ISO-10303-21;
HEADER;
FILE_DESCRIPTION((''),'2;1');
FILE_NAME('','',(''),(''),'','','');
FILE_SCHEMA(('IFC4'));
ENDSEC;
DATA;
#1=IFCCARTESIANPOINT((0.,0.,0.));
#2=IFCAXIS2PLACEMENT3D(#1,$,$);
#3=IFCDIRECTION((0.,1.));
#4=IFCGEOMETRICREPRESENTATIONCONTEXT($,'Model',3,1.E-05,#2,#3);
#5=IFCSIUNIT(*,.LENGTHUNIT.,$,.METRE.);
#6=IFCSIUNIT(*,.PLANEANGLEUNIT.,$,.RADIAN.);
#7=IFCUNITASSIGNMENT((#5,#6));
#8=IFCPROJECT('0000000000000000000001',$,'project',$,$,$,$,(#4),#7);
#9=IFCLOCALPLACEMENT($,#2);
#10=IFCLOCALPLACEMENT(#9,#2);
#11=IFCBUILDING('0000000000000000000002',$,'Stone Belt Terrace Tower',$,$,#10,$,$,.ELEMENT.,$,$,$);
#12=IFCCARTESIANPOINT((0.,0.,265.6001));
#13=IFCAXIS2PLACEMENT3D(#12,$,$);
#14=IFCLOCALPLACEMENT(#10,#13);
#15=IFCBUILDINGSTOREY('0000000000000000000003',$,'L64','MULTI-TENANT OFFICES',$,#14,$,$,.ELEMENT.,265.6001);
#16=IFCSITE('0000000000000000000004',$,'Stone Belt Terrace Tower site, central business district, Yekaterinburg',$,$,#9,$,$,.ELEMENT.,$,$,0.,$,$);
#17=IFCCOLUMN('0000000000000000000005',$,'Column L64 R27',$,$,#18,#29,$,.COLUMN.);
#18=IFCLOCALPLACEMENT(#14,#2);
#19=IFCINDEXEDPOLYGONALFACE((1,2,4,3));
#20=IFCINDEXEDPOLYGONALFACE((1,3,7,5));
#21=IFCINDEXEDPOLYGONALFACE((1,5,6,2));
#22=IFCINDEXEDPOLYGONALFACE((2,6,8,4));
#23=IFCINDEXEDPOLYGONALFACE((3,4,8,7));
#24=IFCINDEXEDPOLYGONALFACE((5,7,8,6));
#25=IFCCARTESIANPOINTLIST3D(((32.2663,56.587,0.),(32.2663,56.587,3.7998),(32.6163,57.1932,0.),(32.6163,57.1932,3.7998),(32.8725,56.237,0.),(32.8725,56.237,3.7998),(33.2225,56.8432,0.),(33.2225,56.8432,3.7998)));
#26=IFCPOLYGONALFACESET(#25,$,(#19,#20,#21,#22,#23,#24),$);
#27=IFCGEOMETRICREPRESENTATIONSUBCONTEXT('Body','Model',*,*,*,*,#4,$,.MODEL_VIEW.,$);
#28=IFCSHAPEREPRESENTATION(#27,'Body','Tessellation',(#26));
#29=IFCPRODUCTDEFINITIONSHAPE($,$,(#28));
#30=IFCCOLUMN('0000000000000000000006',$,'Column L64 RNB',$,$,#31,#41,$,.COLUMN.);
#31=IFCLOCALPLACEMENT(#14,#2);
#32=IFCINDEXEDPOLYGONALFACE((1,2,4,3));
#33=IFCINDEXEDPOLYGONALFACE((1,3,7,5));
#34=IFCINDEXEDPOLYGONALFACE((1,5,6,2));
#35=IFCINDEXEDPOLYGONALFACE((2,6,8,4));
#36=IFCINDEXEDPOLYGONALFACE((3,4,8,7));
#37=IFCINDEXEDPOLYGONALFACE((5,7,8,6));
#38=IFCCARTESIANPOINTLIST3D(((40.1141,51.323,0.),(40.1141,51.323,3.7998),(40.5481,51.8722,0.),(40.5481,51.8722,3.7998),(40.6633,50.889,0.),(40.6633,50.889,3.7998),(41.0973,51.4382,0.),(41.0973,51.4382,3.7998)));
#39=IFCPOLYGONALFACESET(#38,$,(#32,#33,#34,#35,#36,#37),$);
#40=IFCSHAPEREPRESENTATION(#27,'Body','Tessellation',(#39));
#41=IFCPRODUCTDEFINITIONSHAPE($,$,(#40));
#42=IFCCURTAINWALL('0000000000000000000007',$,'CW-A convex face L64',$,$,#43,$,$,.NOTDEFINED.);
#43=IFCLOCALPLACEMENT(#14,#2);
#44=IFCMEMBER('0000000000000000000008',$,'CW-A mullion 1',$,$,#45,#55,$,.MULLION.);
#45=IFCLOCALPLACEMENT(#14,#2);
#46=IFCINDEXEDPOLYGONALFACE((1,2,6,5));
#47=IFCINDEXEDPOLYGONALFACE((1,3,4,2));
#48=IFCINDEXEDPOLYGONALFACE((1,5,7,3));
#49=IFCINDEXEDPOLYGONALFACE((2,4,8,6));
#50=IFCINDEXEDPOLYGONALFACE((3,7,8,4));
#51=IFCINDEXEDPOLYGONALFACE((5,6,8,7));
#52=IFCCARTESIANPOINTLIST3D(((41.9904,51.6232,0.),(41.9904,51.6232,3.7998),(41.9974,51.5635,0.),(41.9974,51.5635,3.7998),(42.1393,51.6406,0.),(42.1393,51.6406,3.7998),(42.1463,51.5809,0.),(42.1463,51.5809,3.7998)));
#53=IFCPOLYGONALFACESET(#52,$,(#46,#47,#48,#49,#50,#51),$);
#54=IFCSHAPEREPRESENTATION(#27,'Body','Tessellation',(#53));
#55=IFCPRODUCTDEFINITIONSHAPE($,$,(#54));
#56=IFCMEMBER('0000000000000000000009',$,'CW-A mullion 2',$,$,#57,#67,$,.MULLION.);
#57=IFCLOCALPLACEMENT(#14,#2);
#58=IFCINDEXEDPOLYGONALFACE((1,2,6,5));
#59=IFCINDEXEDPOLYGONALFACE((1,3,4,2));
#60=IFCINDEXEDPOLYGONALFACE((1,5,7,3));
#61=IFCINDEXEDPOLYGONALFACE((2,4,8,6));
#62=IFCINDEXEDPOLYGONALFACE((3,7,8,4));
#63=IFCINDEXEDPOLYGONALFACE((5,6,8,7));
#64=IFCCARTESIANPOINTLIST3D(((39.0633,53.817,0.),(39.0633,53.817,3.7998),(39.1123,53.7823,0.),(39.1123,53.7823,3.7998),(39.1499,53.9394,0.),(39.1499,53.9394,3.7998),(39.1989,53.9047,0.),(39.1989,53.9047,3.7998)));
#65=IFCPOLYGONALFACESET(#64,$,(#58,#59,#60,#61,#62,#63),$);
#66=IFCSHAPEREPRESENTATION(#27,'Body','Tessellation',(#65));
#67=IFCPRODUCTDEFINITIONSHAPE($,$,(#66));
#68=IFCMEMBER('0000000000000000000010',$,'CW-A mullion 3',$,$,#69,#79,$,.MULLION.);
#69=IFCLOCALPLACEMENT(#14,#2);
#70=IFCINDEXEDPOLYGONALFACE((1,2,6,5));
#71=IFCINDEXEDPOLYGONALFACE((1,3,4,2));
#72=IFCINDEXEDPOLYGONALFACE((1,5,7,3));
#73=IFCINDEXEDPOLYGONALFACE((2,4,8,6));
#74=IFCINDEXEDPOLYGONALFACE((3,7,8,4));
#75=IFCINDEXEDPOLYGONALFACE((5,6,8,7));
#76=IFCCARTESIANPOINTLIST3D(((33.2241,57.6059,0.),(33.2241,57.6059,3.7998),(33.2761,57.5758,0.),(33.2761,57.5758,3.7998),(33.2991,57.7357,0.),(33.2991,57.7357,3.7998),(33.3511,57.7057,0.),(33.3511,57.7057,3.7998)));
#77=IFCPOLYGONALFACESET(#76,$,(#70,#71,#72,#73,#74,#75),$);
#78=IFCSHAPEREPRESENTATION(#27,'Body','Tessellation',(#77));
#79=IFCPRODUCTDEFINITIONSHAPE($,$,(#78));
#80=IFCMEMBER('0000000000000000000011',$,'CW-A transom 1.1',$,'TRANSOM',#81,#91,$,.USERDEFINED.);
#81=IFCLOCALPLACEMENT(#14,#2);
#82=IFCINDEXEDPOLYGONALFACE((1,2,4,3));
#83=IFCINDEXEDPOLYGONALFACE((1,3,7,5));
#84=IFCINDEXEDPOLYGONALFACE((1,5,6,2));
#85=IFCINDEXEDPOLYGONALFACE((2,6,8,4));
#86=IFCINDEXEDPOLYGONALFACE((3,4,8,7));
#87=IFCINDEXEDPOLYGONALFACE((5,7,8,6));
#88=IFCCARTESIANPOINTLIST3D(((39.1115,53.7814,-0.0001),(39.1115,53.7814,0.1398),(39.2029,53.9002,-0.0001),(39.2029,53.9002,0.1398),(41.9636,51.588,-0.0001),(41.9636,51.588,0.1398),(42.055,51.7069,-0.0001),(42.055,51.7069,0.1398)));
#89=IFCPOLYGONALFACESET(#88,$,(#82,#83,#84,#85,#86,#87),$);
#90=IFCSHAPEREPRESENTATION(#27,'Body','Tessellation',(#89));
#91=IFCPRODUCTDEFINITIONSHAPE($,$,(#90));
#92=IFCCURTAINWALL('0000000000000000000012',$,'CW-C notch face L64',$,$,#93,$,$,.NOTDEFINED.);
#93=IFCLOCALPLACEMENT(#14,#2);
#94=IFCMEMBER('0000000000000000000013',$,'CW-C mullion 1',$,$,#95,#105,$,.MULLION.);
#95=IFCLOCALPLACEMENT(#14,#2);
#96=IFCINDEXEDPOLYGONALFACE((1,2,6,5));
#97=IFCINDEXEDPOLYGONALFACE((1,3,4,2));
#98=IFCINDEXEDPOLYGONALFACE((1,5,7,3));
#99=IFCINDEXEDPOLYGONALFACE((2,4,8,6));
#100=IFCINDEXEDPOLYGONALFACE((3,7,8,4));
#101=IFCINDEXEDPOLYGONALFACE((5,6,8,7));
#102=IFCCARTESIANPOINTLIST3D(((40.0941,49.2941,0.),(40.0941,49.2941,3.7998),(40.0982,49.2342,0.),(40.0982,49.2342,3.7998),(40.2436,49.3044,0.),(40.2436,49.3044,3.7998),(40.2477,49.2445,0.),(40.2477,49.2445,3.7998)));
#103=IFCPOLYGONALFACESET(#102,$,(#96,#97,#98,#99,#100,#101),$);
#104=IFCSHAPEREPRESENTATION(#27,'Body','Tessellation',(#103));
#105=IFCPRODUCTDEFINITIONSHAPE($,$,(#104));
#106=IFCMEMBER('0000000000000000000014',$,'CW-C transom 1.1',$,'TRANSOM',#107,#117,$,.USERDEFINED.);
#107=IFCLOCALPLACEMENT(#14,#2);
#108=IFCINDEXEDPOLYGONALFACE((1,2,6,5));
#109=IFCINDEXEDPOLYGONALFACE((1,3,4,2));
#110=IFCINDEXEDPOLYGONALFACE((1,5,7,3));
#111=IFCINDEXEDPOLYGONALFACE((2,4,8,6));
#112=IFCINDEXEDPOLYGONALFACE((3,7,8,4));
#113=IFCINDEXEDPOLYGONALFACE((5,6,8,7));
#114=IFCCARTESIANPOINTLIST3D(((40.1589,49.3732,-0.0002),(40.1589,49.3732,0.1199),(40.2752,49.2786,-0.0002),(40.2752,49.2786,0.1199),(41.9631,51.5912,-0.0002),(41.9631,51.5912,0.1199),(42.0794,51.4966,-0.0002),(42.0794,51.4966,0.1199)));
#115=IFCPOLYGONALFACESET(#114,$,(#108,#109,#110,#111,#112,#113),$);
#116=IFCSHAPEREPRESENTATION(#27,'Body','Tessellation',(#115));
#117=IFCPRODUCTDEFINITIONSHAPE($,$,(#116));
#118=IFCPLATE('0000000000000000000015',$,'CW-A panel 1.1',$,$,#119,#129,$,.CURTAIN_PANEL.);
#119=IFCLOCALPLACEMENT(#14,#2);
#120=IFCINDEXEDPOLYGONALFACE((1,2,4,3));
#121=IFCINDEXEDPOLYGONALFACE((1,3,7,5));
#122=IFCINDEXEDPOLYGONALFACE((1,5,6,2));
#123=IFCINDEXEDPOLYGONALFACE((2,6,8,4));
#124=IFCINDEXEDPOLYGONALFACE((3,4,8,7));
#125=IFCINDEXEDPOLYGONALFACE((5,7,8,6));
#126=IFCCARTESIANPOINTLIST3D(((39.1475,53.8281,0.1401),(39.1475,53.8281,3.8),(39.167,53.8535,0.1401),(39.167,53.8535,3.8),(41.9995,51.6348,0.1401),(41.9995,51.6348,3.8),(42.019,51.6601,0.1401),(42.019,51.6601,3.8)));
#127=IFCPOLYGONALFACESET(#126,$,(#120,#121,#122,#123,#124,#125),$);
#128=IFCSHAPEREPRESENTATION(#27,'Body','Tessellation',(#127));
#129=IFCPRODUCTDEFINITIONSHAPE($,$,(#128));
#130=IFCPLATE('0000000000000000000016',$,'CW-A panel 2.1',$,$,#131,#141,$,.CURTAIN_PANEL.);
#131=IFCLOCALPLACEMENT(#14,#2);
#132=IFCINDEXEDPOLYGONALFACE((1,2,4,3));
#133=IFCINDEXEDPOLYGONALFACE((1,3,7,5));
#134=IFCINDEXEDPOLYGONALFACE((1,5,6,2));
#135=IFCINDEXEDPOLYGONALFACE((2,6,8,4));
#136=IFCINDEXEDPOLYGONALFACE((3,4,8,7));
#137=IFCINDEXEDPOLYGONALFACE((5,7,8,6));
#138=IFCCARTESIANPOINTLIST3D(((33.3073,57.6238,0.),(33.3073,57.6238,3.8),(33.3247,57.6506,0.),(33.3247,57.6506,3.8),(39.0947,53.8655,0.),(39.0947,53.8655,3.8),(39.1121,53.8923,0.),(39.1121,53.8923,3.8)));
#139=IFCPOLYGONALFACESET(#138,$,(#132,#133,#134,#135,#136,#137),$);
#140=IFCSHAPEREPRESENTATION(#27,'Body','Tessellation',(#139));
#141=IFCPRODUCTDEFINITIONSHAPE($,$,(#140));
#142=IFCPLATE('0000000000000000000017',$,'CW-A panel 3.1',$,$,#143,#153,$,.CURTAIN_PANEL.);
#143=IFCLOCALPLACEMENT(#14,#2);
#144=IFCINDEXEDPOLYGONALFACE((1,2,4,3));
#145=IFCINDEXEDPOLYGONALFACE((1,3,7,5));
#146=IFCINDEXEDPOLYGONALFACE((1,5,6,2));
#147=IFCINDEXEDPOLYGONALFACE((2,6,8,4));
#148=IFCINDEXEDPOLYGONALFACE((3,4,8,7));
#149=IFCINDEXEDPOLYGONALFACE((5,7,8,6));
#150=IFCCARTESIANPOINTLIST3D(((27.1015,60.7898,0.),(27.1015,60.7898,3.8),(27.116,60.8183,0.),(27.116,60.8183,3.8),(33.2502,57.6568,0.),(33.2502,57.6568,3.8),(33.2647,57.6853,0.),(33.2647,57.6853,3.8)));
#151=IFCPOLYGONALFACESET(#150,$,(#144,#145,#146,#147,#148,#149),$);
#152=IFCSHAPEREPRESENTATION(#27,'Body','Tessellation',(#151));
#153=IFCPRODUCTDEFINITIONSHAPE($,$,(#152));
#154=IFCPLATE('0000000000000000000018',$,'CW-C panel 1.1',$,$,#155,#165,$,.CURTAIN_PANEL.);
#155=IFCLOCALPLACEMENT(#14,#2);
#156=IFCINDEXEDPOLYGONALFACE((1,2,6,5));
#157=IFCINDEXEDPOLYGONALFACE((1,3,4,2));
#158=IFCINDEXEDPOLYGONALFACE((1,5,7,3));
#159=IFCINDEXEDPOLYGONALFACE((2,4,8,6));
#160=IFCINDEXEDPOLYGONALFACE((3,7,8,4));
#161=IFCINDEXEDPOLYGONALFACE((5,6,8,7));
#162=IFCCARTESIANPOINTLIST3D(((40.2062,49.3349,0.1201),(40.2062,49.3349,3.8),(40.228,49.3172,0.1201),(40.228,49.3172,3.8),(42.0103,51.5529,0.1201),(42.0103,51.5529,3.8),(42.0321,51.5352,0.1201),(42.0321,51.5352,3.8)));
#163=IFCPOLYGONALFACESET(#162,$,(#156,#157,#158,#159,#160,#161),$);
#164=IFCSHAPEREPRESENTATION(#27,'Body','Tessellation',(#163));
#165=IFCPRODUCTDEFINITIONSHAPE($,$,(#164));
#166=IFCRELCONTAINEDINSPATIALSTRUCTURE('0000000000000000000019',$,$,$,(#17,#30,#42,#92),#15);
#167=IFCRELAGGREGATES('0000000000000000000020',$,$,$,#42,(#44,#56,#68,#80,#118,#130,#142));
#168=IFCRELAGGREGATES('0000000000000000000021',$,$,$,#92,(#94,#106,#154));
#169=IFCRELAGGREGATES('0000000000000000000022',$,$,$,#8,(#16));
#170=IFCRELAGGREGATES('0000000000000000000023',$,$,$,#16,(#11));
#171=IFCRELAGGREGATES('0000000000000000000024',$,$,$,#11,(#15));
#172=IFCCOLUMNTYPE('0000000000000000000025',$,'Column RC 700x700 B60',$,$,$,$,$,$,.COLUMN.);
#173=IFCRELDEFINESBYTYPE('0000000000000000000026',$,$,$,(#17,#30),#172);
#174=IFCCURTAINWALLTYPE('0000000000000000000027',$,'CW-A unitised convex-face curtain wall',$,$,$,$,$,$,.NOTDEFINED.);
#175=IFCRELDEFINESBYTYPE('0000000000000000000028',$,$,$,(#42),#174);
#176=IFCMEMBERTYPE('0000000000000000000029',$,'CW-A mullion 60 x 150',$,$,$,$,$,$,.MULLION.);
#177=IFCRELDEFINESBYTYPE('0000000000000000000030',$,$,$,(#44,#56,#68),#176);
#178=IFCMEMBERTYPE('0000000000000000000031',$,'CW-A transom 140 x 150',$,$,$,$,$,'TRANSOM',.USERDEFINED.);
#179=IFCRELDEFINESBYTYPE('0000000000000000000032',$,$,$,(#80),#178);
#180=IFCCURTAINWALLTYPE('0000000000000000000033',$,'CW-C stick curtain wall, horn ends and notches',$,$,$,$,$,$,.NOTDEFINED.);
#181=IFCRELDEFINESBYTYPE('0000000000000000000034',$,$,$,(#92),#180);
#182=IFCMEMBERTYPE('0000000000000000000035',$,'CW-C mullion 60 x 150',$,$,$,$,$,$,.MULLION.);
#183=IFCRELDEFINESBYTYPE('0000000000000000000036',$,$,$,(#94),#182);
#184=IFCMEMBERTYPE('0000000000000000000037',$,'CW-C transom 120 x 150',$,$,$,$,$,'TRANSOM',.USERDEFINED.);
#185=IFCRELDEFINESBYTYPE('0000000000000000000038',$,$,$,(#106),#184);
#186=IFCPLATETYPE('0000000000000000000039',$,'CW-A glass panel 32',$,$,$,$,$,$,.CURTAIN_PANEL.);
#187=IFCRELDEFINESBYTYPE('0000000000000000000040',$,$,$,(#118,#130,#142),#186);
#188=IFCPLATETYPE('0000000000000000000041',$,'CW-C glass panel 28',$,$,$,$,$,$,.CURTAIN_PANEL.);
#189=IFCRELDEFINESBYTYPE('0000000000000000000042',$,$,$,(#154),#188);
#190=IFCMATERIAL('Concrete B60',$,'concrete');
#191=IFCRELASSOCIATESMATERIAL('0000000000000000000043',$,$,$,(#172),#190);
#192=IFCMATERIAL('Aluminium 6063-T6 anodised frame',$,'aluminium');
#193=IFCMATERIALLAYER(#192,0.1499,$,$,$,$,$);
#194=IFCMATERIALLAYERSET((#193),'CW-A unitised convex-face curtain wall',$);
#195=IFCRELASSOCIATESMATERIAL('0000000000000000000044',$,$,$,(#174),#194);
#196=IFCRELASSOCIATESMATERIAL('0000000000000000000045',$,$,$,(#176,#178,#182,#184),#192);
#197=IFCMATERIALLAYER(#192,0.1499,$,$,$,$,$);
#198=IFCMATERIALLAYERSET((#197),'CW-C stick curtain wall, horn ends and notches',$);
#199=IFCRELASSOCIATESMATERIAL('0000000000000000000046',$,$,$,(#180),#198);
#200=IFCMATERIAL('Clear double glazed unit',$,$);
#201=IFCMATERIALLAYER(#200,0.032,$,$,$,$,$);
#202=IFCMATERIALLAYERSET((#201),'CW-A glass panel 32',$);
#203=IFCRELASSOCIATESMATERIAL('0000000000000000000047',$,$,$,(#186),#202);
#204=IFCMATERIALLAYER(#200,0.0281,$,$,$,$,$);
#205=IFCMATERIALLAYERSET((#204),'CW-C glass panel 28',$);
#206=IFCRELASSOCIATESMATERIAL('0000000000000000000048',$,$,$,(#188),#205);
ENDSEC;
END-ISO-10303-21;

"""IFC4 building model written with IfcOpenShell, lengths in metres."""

from ifc_helpers import new_model, si_unit, direction, frame, origin, origin_2d, place, context, subcontext, project, spatial, rectangle, extrude, material, layer, layer_set, material_profile, profile_set, type_object, element, aggregate, save


model = new_model("IFC4")

# Units and contexts
model_context = context("Model", 3, precision=1e-05, world=origin(), true_north=direction((0.0, 1.0)))
body_context = subcontext(model_context, "Body", "Model", "MODEL_VIEW")
ifc_project = project(units=[si_unit("LENGTHUNIT", "METRE"), si_unit("PLANEANGLEUNIT", "RADIAN")], contexts=[model_context])

# Site, building, storey
site_placement = place(None, origin())
site = spatial("IfcSite", under=ifc_project, at=site_placement, Name="Stone Belt Terrace Tower site, central business district, Yekaterinburg", CompositionType="ELEMENT", RefElevation=0.0)
building_placement = place(site_placement, origin())
building = spatial("IfcBuilding", under=site, at=building_placement, Name="Stone Belt Terrace Tower", CompositionType="ELEMENT")
storey_placement = place(building_placement, frame((0.0, 0.0, 265.6001)))
storey = spatial("IfcBuildingStorey", under=building, at=storey_placement, Name="L64", Description="MULTI-TENANT OFFICES", CompositionType="ELEMENT", Elevation=265.6001)

# Columns
ifc_material_1 = material(Name="Concrete B60", Category="concrete")
ifc_material_profile_1 = material_profile(ifc_material_1, rectangle(XDim=0.7, YDim=0.7, at=origin_2d()), Name="RC 700x700")
ifc_profile_set_1 = profile_set([ifc_material_profile_1], Name="Concrete B60")
column_type = type_object("IfcColumnType", Name="Column RC 700x700 B60", PredefinedType="COLUMN", material=ifc_profile_set_1)
for number, where, z_axis, x_axis, name in (
    (1, (32.7444, 56.7151, 0.0), (0.0, 0.0, 1.0), (0.866025, -0.5, 0.0), "Column L64 R27"),
    (2, (40.6057, 51.3806, 0.0), (0.0, 0.0, 1.0), (0.78457, -0.620041, 0.0), "Column L64 RNB"),
):
    element("IfcColumn", number, at=place(storey_placement, frame(where, z_axis=z_axis, x_axis=x_axis)), inside=storey, type_object=column_type, Name=name, PredefinedType="COLUMN", context=body_context, shape_type="SweptSolid", body=[
        extrude(rectangle(XDim=0.7, YDim=0.7, at=origin_2d()), origin(), (0.0, 0.0, 1.0), 3.7998),
    ])

# Curtain walls, members
ifc_material_2 = material(Name="Aluminium 6063-T6 anodised frame", Category="aluminium")
ifc_layer_1 = layer(ifc_material_2, 0.1499)
ifc_layer_set_1 = layer_set([ifc_layer_1], Name="CW-A unitised convex-face curtain wall")
curtain_wall_type_1 = type_object("IfcCurtainWallType", Name="CW-A unitised convex-face curtain wall", PredefinedType="NOTDEFINED", material=ifc_layer_set_1)
curtain_wall_1_placement = place(storey_placement, origin())
curtain_wall_1 = element("IfcCurtainWall", 3, at=curtain_wall_1_placement, inside=storey, type_object=curtain_wall_type_1, Name="CW-A convex face L64", PredefinedType="NOTDEFINED")
ifc_material_profile_2 = material_profile(ifc_material_2, rectangle(XDim=0.1499, YDim=0.0601, at=origin_2d()), Name="Aluminium 6063-T6 60x150")
ifc_profile_set_2 = profile_set([ifc_material_profile_2], Name="Aluminium 6063-T6 anodised frame")
member_type_1 = type_object("IfcMemberType", Name="CW-A mullion 60 x 150", PredefinedType="MULLION", material=ifc_profile_set_2)
member_1_placement = place(storey_placement, frame((42.0684, 51.6021, 0.0), z_axis=(0.0, 0.0, 1.0), x_axis=(-0.993258, -0.115925, 0.0)))
member_1 = element("IfcMember", 4, at=member_1_placement, type_object=member_type_1, Name="CW-A mullion 1", PredefinedType="MULLION", context=body_context, shape_type="SweptSolid", body=[
    extrude(rectangle(XDim=0.1499, YDim=0.0601, at=origin_2d()), origin(), (0.0, 0.0, 1.0), 3.7998),
])
member_2_placement = place(storey_placement, frame((39.1311, 53.8608, 0.0), z_axis=(0.0, 0.0, 1.0), x_axis=(-0.577587, -0.816329, 0.0)))
member_2 = element("IfcMember", 5, at=member_2_placement, type_object=member_type_1, Name="CW-A mullion 2", PredefinedType="MULLION", context=body_context, shape_type="SweptSolid", body=[
    extrude(rectangle(XDim=0.1499, YDim=0.0601, at=origin_2d()), origin(), (0.0, 0.0, 1.0), 3.7998),
])
member_3_placement = place(storey_placement, frame((33.2876, 57.6558, 0.0), z_axis=(0.0, 0.0, 1.0), x_axis=(-0.5, -0.866025, 0.0)))
member_3 = element("IfcMember", 6, at=member_3_placement, type_object=member_type_1, Name="CW-A mullion 3", PredefinedType="MULLION", context=body_context, shape_type="SweptSolid", body=[
    extrude(rectangle(XDim=0.1499, YDim=0.0601, at=origin_2d()), origin(), (0.0, 0.0, 1.0), 3.7998),
])
ifc_material_profile_3 = material_profile(ifc_material_2, rectangle(XDim=0.1499, YDim=0.1399, at=origin_2d()), Name="Aluminium 6063-T6 150x140")
ifc_profile_set_3 = profile_set([ifc_material_profile_3], Name="Aluminium 6063-T6 anodised frame")
member_type_2 = type_object("IfcMemberType", Name="CW-A transom 140 x 150", ElementType="TRANSOM", PredefinedType="USERDEFINED", material=ifc_profile_set_3)
member_4_placement = place(storey_placement, frame((42.0093, 51.6475, 0.0698), z_axis=(-0.792695, 0.609619, 0.0), x_axis=(-0.609619, -0.792695, 0.0)))
member_4 = element("IfcMember", 7, at=member_4_placement, type_object=member_type_2, Name="CW-A transom 1.1", ObjectType="TRANSOM", PredefinedType="USERDEFINED", context=body_context, shape_type="SweptSolid", body=[
    extrude(rectangle(XDim=0.1499, YDim=0.1399, at=origin_2d()), origin(), (0.0, 0.0, 1.0), 3.5979),
])
ifc_layer_2 = layer(ifc_material_2, 0.1499)
ifc_layer_set_2 = layer_set([ifc_layer_2], Name="CW-C stick curtain wall, horn ends and notches")
curtain_wall_type_2 = type_object("IfcCurtainWallType", Name="CW-C stick curtain wall, horn ends and notches", PredefinedType="NOTDEFINED", material=ifc_layer_set_2)
curtain_wall_2_placement = place(storey_placement, origin())
curtain_wall_2 = element("IfcCurtainWall", 8, at=curtain_wall_2_placement, inside=storey, type_object=curtain_wall_type_2, Name="CW-C notch face L64", PredefinedType="NOTDEFINED")
ifc_material_profile_4 = material_profile(ifc_material_2, rectangle(XDim=0.1499, YDim=0.0601, at=origin_2d()), Name="Aluminium 6063-T6 60x150")
ifc_profile_set_4 = profile_set([ifc_material_profile_4], Name="Aluminium 6063-T6 anodised frame")
member_type_3 = type_object("IfcMemberType", Name="CW-C mullion 60 x 150", PredefinedType="MULLION", material=ifc_profile_set_4)
member_5_placement = place(storey_placement, frame((40.1709, 49.2693, 0.0), z_axis=(0.0, 0.0, 1.0), x_axis=(-0.99764, -0.068666, 0.0)))
member_5 = element("IfcMember", 9, at=member_5_placement, type_object=member_type_3, Name="CW-C mullion 1", PredefinedType="MULLION", context=body_context, shape_type="SweptSolid", body=[
    extrude(rectangle(XDim=0.1499, YDim=0.0601, at=origin_2d()), origin(), (0.0, 0.0, 1.0), 3.7998),
])
ifc_material_profile_5 = material_profile(ifc_material_2, rectangle(XDim=0.1499, YDim=0.1201, at=origin_2d()), Name="Aluminium 6063-T6 150x120")
ifc_profile_set_5 = profile_set([ifc_material_profile_5], Name="Aluminium 6063-T6 anodised frame")
member_type_4 = type_object("IfcMemberType", Name="CW-C transom 120 x 150", ElementType="TRANSOM", PredefinedType="USERDEFINED", material=ifc_profile_set_5)
member_6_placement = place(storey_placement, frame((40.217, 49.3259, 0.0598), z_axis=(0.631027, 0.775761, 0.0), x_axis=(-0.775761, 0.631027, 0.0)))
member_6 = element("IfcMember", 10, at=member_6_placement, type_object=member_type_4, Name="CW-C transom 1.1", ObjectType="TRANSOM", PredefinedType="USERDEFINED", context=body_context, shape_type="SweptSolid", body=[
    extrude(rectangle(XDim=0.1499, YDim=0.1201, at=origin_2d()), origin(), (0.0, 0.0, 1.0), 2.8591),
])

# Plates
ifc_material_3 = material(Name="Clear double glazed unit")
ifc_layer_3 = layer(ifc_material_3, 0.032)
ifc_layer_set_3 = layer_set([ifc_layer_3], Name="CW-A glass panel 32")
plate_type_1 = type_object("IfcPlateType", Name="CW-A glass panel 32", PredefinedType="CURTAIN_PANEL", material=ifc_layer_set_3)
plate_1_placement = place(storey_placement, frame((40.5833, 52.7441, 0.1401), z_axis=(0.0, 0.0, 1.0), x_axis=(-0.792694, 0.60962, 0.0)))
plate_1 = element("IfcPlate", 11, at=plate_1_placement, type_object=plate_type_1, Name="CW-A panel 1.1", PredefinedType="CURTAIN_PANEL", context=body_context, shape_type="SweptSolid", body=[
    extrude(rectangle(XDim=3.5979, YDim=0.032, at=origin_2d()), origin(), (0.0, 0.0, 1.0), 3.6599),
])
plate_2_placement = place(storey_placement, frame((36.2097, 55.7581, 0.0), z_axis=(0.0, 0.0, 1.0), x_axis=(-0.838671, 0.544639, 0.0)))
plate_2 = element("IfcPlate", 12, at=plate_2_placement, type_object=plate_type_1, Name="CW-A panel 2.1", PredefinedType="CURTAIN_PANEL", context=body_context, shape_type="SweptSolid", body=[
    extrude(rectangle(XDim=6.9006, YDim=0.032, at=origin_2d()), origin(), (0.0, 0.0, 1.0), 3.8),
])
plate_3_placement = place(storey_placement, frame((30.1831, 59.2375, 0.0), z_axis=(0.0, 0.0, 1.0), x_axis=(-0.891007, 0.45399, 0.0)))
plate_3 = element("IfcPlate", 13, at=plate_3_placement, type_object=plate_type_1, Name="CW-A panel 3.1", PredefinedType="CURTAIN_PANEL", context=body_context, shape_type="SweptSolid", body=[
    extrude(rectangle(XDim=6.9009, YDim=0.032, at=origin_2d()), origin(), (0.0, 0.0, 1.0), 3.8),
])
aggregate(curtain_wall_1, [member_1, member_2, member_3, member_4, plate_1, plate_2, plate_3])
ifc_layer_4 = layer(ifc_material_3, 0.0281)
ifc_layer_set_4 = layer_set([ifc_layer_4], Name="CW-C glass panel 28")
plate_type_2 = type_object("IfcPlateType", Name="CW-C glass panel 28", PredefinedType="CURTAIN_PANEL", material=ifc_layer_set_4)
plate_4_placement = place(storey_placement, frame((41.1191, 50.4351, 0.1201), z_axis=(0.0, 0.0, 1.0), x_axis=(0.631001, 0.775782, 0.0)))
plate_4 = element("IfcPlate", 14, at=plate_4_placement, type_object=plate_type_2, Name="CW-C panel 1.1", PredefinedType="CURTAIN_PANEL", context=body_context, shape_type="SweptSolid", body=[
    extrude(rectangle(XDim=2.8591, YDim=0.0281, at=origin_2d()), origin(), (0.0, 0.0, 1.0), 3.6799),
])
aggregate(curtain_wall_2, [member_5, member_6, plate_4])

save(model, "model.ifc")
